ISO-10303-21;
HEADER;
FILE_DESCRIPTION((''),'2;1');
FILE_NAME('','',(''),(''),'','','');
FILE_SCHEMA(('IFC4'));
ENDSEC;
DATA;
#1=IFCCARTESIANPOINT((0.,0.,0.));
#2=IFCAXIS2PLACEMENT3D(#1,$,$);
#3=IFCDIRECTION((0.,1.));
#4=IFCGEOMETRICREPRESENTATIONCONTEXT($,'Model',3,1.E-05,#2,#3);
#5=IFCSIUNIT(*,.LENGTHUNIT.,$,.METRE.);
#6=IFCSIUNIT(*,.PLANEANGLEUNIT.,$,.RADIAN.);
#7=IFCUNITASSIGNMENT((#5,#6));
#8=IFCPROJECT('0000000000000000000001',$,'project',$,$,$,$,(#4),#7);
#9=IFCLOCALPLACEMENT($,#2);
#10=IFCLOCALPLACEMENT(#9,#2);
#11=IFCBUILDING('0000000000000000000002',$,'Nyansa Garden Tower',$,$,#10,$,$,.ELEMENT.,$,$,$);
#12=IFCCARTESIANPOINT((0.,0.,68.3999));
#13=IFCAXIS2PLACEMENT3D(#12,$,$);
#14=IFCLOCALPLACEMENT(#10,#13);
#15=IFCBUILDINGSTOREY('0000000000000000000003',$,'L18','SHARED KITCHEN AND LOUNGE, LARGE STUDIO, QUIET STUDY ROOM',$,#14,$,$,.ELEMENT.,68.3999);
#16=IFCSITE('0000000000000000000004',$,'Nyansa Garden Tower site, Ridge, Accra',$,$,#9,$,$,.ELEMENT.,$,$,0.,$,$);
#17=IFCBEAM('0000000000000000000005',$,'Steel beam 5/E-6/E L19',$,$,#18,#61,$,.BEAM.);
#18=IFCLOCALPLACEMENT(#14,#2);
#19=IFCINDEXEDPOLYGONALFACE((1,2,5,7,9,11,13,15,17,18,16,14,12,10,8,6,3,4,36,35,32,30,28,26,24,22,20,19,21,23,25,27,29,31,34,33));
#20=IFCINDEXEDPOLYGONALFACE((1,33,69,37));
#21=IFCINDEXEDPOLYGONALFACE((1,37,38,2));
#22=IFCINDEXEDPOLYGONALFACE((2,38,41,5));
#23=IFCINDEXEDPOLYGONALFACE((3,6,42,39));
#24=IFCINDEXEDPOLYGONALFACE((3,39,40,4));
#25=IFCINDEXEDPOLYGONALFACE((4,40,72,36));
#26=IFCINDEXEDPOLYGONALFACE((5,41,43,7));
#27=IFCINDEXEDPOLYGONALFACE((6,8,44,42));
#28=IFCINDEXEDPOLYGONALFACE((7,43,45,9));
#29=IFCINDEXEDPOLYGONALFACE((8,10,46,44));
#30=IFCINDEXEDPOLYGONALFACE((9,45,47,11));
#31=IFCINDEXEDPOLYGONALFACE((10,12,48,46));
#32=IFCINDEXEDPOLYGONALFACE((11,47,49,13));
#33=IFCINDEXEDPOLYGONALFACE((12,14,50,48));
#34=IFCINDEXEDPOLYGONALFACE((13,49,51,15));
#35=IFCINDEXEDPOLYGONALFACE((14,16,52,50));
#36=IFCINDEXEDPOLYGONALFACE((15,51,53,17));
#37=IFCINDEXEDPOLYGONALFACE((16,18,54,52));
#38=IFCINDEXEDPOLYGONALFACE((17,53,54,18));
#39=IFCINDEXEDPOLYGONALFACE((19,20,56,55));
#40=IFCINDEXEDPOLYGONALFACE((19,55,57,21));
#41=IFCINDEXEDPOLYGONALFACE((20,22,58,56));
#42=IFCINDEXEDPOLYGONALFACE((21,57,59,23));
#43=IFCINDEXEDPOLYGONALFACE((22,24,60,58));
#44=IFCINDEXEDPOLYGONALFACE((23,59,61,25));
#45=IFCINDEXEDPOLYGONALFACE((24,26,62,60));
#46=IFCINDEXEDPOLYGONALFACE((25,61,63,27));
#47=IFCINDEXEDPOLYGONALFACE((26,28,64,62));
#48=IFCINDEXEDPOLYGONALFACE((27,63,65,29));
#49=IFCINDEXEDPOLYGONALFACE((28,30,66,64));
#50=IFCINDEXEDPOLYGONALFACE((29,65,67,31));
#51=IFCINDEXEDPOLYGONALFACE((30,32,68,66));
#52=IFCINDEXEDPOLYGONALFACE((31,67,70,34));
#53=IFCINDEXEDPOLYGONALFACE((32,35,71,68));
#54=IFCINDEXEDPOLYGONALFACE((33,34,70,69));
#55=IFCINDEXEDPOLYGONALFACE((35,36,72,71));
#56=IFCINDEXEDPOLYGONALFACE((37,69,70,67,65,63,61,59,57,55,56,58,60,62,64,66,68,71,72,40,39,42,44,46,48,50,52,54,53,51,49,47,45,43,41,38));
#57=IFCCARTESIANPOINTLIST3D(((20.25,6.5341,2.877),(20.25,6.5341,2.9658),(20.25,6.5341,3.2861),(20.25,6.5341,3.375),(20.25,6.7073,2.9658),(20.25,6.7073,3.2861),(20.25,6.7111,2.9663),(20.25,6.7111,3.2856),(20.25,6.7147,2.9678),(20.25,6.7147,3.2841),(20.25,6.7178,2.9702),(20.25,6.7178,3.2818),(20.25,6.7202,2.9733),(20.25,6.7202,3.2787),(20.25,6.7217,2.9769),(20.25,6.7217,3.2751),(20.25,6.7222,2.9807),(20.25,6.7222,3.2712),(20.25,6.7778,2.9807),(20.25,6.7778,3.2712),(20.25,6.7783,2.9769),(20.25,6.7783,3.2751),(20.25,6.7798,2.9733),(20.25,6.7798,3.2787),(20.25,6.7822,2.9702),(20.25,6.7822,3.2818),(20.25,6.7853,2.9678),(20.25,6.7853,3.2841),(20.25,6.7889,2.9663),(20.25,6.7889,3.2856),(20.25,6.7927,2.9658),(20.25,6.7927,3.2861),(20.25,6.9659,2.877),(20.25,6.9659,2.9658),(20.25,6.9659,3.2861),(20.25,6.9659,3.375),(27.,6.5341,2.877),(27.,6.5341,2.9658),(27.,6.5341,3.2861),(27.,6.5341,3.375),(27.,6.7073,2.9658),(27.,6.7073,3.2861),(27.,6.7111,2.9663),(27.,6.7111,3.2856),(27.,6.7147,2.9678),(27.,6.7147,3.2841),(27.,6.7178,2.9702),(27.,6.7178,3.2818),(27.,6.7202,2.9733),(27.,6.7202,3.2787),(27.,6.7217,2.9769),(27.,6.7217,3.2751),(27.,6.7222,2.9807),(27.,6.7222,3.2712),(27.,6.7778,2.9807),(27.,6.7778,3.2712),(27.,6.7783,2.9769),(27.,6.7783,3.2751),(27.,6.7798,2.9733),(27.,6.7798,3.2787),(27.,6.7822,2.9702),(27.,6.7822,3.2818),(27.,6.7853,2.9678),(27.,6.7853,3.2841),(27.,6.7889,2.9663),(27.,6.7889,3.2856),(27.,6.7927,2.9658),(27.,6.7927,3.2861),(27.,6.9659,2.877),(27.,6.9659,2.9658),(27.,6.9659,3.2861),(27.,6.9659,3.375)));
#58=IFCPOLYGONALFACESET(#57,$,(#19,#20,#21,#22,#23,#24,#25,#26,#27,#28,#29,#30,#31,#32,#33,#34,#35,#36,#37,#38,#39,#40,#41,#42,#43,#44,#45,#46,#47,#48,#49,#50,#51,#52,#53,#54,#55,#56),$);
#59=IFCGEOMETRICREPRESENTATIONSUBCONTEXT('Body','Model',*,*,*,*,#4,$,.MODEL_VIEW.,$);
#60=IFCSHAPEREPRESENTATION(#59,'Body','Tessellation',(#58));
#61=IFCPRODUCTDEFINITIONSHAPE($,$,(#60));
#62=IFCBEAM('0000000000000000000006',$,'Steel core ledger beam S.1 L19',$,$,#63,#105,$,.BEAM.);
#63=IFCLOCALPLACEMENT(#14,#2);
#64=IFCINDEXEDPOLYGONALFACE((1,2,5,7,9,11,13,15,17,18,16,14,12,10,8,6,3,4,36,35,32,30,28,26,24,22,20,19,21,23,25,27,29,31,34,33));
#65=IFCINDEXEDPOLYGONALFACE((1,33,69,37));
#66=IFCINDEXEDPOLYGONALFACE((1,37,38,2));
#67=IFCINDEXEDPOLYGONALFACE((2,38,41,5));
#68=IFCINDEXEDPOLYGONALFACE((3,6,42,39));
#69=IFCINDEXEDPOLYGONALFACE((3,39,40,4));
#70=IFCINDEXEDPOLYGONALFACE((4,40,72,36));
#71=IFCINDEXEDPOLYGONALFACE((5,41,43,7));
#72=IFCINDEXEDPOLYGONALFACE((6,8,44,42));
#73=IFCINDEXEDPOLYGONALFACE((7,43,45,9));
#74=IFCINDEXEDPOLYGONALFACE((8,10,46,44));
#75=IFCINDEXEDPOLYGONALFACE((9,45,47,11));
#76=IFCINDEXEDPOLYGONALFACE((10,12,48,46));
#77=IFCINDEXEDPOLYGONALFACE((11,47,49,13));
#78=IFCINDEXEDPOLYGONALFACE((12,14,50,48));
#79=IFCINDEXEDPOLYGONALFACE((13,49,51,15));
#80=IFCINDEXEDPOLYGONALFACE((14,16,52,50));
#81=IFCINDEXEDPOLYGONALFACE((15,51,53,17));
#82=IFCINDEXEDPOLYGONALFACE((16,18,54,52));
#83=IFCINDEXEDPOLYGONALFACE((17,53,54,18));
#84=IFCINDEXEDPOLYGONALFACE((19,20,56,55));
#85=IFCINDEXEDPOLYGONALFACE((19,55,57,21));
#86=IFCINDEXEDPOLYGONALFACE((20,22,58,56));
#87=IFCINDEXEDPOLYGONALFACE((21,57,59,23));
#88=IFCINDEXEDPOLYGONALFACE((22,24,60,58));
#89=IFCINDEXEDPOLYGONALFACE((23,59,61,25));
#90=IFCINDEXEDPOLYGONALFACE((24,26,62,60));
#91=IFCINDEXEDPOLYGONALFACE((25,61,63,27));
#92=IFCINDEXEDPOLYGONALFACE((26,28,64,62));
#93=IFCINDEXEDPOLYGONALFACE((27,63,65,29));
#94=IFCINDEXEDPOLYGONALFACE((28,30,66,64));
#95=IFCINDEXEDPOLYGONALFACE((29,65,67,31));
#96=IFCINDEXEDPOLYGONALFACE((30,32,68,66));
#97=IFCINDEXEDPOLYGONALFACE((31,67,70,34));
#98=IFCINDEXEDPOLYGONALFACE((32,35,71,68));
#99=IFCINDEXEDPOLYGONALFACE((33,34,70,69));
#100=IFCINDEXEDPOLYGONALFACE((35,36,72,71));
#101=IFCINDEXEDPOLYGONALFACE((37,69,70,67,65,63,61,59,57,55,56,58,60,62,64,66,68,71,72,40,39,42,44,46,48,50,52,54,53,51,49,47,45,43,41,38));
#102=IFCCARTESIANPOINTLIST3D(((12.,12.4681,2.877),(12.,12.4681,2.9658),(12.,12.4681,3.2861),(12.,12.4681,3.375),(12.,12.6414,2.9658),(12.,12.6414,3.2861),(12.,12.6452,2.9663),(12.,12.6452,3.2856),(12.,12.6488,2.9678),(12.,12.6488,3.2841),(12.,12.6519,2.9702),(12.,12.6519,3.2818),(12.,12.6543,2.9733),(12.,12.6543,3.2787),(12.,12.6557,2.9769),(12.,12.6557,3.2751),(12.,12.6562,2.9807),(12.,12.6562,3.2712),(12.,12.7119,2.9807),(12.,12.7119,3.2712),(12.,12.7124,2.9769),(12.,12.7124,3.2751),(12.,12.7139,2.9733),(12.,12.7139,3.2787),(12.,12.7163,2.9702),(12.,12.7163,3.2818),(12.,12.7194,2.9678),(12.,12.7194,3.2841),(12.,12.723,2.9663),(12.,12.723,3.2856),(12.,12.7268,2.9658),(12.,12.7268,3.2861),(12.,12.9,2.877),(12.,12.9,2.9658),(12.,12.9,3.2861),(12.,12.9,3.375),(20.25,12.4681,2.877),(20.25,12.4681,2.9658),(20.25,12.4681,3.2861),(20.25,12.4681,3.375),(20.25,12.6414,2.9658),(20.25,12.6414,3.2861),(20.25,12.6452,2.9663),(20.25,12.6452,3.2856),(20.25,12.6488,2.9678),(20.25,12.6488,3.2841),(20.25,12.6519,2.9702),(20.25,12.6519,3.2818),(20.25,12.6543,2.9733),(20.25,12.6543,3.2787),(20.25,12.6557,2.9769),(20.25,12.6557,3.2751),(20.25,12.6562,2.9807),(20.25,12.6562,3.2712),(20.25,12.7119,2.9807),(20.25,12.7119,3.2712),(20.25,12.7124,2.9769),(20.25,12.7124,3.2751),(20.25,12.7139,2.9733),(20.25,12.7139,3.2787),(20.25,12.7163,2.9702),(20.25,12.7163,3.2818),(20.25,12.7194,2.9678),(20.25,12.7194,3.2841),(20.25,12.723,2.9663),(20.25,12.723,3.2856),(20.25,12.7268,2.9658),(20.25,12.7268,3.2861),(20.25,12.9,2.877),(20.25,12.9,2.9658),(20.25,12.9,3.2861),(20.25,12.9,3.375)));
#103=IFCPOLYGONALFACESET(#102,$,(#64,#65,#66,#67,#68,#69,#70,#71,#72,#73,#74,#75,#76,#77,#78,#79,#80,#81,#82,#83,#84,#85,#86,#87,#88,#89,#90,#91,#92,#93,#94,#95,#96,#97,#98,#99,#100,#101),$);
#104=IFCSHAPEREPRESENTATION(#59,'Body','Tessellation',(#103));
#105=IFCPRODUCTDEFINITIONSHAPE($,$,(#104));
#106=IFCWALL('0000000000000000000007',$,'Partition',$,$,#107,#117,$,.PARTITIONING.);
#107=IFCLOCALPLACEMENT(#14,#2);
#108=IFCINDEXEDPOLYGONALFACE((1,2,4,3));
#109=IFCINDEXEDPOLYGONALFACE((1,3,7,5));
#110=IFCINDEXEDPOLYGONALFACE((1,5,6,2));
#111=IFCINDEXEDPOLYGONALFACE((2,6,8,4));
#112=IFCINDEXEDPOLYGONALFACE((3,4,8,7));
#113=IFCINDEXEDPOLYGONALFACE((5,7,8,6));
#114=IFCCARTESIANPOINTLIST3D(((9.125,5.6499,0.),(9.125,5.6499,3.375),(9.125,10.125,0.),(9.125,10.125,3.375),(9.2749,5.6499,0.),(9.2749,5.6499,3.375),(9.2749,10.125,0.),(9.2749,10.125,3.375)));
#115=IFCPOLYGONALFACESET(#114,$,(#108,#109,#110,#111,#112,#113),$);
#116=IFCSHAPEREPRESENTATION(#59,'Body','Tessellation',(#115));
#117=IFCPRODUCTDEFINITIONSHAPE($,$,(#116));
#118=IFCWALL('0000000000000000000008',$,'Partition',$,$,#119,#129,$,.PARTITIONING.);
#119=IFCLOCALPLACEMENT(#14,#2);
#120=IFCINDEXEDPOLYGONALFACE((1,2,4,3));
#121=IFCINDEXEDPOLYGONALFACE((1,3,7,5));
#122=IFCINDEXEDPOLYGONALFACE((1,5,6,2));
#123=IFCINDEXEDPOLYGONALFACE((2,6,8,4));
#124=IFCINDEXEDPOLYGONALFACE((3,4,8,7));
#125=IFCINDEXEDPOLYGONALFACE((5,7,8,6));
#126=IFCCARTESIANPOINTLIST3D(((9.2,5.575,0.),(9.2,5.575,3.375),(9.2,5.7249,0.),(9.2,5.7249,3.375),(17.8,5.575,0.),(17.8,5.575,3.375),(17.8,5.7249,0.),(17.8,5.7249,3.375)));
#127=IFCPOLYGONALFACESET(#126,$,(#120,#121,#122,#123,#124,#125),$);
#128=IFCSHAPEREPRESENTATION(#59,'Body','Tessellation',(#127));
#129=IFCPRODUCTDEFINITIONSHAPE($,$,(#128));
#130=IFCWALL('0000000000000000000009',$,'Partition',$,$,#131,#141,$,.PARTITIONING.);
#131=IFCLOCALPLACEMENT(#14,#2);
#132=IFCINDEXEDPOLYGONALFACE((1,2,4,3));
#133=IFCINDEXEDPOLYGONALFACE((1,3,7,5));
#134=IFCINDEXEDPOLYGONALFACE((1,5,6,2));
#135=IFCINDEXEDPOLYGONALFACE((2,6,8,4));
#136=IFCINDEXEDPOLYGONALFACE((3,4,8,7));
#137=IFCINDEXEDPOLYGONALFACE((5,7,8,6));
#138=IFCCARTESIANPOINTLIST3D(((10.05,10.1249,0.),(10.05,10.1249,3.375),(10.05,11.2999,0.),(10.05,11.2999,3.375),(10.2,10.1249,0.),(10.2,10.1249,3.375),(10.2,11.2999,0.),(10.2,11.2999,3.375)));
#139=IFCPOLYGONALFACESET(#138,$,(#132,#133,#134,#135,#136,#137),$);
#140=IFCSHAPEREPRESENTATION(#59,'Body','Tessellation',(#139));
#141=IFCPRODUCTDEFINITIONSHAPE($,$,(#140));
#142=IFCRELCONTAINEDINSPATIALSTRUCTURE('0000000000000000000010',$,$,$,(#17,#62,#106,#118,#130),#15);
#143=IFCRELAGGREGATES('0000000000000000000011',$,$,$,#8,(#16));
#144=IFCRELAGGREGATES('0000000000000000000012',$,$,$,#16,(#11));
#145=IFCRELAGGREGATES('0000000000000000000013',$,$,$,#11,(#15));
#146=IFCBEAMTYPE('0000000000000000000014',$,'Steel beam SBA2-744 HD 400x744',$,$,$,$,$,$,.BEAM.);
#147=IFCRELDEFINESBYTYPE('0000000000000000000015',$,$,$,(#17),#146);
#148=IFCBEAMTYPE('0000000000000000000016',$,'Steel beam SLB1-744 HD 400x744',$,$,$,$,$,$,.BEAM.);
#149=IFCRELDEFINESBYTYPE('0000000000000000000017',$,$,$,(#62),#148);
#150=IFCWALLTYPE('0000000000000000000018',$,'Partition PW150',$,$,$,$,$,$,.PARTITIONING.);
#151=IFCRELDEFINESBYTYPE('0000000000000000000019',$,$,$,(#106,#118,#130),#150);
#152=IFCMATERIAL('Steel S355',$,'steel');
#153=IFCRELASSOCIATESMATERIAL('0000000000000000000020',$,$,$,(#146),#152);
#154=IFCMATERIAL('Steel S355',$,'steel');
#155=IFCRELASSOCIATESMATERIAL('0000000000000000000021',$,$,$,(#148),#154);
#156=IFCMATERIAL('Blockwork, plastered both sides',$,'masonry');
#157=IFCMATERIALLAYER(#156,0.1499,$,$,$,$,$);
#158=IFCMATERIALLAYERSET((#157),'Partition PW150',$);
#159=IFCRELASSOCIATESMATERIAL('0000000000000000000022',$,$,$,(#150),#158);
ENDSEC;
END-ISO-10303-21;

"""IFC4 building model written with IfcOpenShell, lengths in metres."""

from ifc_helpers import new_model, si_unit, direction, frame, frame_2d, origin, origin_2d, place, context, subcontext, project, spatial, rectangle, i_section, extrude, material, layer, layer_set, material_profile, profile_set, type_object, element, save


model = new_model("IFC4")

# Units and contexts
model_context = context("Model", 3, precision=1e-05, world=origin(), true_north=direction((0.0, 1.0)))
body_context = subcontext(model_context, "Body", "Model", "MODEL_VIEW")
ifc_project = project(units=[si_unit("LENGTHUNIT", "METRE"), si_unit("PLANEANGLEUNIT", "RADIAN")], contexts=[model_context])

# Site, building, storey
site_placement = place(None, origin())
site = spatial("IfcSite", under=ifc_project, at=site_placement, Name="Nyansa Garden Tower site, Ridge, Accra", CompositionType="ELEMENT", RefElevation=0.0)
building_placement = place(site_placement, origin())
building = spatial("IfcBuilding", under=site, at=building_placement, Name="Nyansa Garden Tower", CompositionType="ELEMENT")
storey_placement = place(building_placement, frame((0.0, 0.0, 68.3999)))
storey = spatial("IfcBuildingStorey", under=building, at=storey_placement, Name="L18", Description="SHARED KITCHEN AND LOUNGE, LARGE STUDIO, QUIET STUDY ROOM", CompositionType="ELEMENT", Elevation=68.3999)

# Beams
ifc_material_1 = material(Name="Steel S355", Category="steel")
ifc_material_profile_1 = material_profile(ifc_material_1, i_section(OverallWidth=0.4319, OverallDepth=0.498, WebThickness=0.0557, FlangeThickness=0.0889, FilletRadius=0.0149, at=origin_2d()), Name="HD 400x744")
ifc_profile_set_1 = profile_set([ifc_material_profile_1], Name="Steel S355")
beam_type_1 = type_object("IfcBeamType", Name="Steel beam SBA2-744 HD 400x744", PredefinedType="BEAM", material=ifc_profile_set_1)
beam_1_placement = place(storey_placement, frame((20.25, 6.75, 3.126), z_axis=(1.0, 0.0, 0.0), x_axis=(0.0, 1.0, 0.0)))
element("IfcBeam", 1, at=beam_1_placement, inside=storey, type_object=beam_type_1, Name="Steel beam 5/E-6/E L19", PredefinedType="BEAM", context=body_context, shape_type="SweptSolid", body=[
    extrude(i_section(OverallWidth=0.4319, OverallDepth=0.498, WebThickness=0.0557, FlangeThickness=0.0889, FilletRadius=0.0149, at=origin_2d()), origin(), (0.0, 0.0, 1.0), 6.75),
])
ifc_material_2 = material(Name="Steel S355", Category="steel")
ifc_material_profile_2 = material_profile(ifc_material_2, i_section(OverallWidth=0.4319, OverallDepth=0.498, WebThickness=0.0557, FlangeThickness=0.0889, FilletRadius=0.0149, at=origin_2d()), Name="HD 400x744")
ifc_profile_set_2 = profile_set([ifc_material_profile_2], Name="Steel S355")
beam_type_2 = type_object("IfcBeamType", Name="Steel beam SLB1-744 HD 400x744", PredefinedType="BEAM", material=ifc_profile_set_2)
beam_2_placement = place(storey_placement, frame((12.0, 12.6841, 3.126), z_axis=(1.0, 0.0, 0.0), x_axis=(0.0, 1.0, 0.0)))
element("IfcBeam", 2, at=beam_2_placement, inside=storey, type_object=beam_type_2, Name="Steel core ledger beam S.1 L19", PredefinedType="BEAM", context=body_context, shape_type="SweptSolid", body=[
    extrude(i_section(OverallWidth=0.4319, OverallDepth=0.498, WebThickness=0.0557, FlangeThickness=0.0889, FilletRadius=0.0149, at=origin_2d()), origin(), (0.0, 0.0, 1.0), 8.25),
])

# Walls
ifc_material_3 = material(Name="Blockwork, plastered both sides", Category="masonry")
ifc_layer = layer(ifc_material_3, 0.1499)
ifc_layer_set = layer_set([ifc_layer], Name="Partition PW150")
wall_type = type_object("IfcWallType", Name="Partition PW150", PredefinedType="PARTITIONING", material=ifc_layer_set)
wall_1_placement = place(storey_placement, frame((9.2, 5.6499, 0.0), z_axis=(0.0, 0.0, 1.0), x_axis=(0.0, 1.0, 0.0)))
element("IfcWall", 3, at=wall_1_placement, inside=storey, type_object=wall_type, Name="Partition", PredefinedType="PARTITIONING", context=body_context, shape_type="SweptSolid", body=[
    extrude(rectangle(XDim=4.4751, YDim=0.1499, at=frame_2d((2.2375, 0.0))), origin(), (0.0, 0.0, 1.0), 3.375),
])
wall_2_placement = place(storey_placement, frame((9.2, 5.6499, 0.0), z_axis=(0.0, 0.0, 1.0), x_axis=(1.0, 0.0, 0.0)))
element("IfcWall", 4, at=wall_2_placement, inside=storey, type_object=wall_type, Name="Partition", PredefinedType="PARTITIONING", context=body_context, shape_type="SweptSolid", body=[
    extrude(rectangle(XDim=8.6001, YDim=0.1499, at=frame_2d((4.3, 0.0))), origin(), (0.0, 0.0, 1.0), 3.375),
])
wall_3_placement = place(storey_placement, frame((10.125, 10.125, 0.0), z_axis=(0.0, 0.0, 1.0), x_axis=(0.0, 1.0, 0.0)))
element("IfcWall", 5, at=wall_3_placement, inside=storey, type_object=wall_type, Name="Partition", PredefinedType="PARTITIONING", context=body_context, shape_type="SweptSolid", body=[
    extrude(rectangle(XDim=1.175, YDim=0.1499, at=frame_2d((0.5874, 0.0))), origin(), (0.0, 0.0, 1.0), 3.375),
])

save(model, "model.ifc")
